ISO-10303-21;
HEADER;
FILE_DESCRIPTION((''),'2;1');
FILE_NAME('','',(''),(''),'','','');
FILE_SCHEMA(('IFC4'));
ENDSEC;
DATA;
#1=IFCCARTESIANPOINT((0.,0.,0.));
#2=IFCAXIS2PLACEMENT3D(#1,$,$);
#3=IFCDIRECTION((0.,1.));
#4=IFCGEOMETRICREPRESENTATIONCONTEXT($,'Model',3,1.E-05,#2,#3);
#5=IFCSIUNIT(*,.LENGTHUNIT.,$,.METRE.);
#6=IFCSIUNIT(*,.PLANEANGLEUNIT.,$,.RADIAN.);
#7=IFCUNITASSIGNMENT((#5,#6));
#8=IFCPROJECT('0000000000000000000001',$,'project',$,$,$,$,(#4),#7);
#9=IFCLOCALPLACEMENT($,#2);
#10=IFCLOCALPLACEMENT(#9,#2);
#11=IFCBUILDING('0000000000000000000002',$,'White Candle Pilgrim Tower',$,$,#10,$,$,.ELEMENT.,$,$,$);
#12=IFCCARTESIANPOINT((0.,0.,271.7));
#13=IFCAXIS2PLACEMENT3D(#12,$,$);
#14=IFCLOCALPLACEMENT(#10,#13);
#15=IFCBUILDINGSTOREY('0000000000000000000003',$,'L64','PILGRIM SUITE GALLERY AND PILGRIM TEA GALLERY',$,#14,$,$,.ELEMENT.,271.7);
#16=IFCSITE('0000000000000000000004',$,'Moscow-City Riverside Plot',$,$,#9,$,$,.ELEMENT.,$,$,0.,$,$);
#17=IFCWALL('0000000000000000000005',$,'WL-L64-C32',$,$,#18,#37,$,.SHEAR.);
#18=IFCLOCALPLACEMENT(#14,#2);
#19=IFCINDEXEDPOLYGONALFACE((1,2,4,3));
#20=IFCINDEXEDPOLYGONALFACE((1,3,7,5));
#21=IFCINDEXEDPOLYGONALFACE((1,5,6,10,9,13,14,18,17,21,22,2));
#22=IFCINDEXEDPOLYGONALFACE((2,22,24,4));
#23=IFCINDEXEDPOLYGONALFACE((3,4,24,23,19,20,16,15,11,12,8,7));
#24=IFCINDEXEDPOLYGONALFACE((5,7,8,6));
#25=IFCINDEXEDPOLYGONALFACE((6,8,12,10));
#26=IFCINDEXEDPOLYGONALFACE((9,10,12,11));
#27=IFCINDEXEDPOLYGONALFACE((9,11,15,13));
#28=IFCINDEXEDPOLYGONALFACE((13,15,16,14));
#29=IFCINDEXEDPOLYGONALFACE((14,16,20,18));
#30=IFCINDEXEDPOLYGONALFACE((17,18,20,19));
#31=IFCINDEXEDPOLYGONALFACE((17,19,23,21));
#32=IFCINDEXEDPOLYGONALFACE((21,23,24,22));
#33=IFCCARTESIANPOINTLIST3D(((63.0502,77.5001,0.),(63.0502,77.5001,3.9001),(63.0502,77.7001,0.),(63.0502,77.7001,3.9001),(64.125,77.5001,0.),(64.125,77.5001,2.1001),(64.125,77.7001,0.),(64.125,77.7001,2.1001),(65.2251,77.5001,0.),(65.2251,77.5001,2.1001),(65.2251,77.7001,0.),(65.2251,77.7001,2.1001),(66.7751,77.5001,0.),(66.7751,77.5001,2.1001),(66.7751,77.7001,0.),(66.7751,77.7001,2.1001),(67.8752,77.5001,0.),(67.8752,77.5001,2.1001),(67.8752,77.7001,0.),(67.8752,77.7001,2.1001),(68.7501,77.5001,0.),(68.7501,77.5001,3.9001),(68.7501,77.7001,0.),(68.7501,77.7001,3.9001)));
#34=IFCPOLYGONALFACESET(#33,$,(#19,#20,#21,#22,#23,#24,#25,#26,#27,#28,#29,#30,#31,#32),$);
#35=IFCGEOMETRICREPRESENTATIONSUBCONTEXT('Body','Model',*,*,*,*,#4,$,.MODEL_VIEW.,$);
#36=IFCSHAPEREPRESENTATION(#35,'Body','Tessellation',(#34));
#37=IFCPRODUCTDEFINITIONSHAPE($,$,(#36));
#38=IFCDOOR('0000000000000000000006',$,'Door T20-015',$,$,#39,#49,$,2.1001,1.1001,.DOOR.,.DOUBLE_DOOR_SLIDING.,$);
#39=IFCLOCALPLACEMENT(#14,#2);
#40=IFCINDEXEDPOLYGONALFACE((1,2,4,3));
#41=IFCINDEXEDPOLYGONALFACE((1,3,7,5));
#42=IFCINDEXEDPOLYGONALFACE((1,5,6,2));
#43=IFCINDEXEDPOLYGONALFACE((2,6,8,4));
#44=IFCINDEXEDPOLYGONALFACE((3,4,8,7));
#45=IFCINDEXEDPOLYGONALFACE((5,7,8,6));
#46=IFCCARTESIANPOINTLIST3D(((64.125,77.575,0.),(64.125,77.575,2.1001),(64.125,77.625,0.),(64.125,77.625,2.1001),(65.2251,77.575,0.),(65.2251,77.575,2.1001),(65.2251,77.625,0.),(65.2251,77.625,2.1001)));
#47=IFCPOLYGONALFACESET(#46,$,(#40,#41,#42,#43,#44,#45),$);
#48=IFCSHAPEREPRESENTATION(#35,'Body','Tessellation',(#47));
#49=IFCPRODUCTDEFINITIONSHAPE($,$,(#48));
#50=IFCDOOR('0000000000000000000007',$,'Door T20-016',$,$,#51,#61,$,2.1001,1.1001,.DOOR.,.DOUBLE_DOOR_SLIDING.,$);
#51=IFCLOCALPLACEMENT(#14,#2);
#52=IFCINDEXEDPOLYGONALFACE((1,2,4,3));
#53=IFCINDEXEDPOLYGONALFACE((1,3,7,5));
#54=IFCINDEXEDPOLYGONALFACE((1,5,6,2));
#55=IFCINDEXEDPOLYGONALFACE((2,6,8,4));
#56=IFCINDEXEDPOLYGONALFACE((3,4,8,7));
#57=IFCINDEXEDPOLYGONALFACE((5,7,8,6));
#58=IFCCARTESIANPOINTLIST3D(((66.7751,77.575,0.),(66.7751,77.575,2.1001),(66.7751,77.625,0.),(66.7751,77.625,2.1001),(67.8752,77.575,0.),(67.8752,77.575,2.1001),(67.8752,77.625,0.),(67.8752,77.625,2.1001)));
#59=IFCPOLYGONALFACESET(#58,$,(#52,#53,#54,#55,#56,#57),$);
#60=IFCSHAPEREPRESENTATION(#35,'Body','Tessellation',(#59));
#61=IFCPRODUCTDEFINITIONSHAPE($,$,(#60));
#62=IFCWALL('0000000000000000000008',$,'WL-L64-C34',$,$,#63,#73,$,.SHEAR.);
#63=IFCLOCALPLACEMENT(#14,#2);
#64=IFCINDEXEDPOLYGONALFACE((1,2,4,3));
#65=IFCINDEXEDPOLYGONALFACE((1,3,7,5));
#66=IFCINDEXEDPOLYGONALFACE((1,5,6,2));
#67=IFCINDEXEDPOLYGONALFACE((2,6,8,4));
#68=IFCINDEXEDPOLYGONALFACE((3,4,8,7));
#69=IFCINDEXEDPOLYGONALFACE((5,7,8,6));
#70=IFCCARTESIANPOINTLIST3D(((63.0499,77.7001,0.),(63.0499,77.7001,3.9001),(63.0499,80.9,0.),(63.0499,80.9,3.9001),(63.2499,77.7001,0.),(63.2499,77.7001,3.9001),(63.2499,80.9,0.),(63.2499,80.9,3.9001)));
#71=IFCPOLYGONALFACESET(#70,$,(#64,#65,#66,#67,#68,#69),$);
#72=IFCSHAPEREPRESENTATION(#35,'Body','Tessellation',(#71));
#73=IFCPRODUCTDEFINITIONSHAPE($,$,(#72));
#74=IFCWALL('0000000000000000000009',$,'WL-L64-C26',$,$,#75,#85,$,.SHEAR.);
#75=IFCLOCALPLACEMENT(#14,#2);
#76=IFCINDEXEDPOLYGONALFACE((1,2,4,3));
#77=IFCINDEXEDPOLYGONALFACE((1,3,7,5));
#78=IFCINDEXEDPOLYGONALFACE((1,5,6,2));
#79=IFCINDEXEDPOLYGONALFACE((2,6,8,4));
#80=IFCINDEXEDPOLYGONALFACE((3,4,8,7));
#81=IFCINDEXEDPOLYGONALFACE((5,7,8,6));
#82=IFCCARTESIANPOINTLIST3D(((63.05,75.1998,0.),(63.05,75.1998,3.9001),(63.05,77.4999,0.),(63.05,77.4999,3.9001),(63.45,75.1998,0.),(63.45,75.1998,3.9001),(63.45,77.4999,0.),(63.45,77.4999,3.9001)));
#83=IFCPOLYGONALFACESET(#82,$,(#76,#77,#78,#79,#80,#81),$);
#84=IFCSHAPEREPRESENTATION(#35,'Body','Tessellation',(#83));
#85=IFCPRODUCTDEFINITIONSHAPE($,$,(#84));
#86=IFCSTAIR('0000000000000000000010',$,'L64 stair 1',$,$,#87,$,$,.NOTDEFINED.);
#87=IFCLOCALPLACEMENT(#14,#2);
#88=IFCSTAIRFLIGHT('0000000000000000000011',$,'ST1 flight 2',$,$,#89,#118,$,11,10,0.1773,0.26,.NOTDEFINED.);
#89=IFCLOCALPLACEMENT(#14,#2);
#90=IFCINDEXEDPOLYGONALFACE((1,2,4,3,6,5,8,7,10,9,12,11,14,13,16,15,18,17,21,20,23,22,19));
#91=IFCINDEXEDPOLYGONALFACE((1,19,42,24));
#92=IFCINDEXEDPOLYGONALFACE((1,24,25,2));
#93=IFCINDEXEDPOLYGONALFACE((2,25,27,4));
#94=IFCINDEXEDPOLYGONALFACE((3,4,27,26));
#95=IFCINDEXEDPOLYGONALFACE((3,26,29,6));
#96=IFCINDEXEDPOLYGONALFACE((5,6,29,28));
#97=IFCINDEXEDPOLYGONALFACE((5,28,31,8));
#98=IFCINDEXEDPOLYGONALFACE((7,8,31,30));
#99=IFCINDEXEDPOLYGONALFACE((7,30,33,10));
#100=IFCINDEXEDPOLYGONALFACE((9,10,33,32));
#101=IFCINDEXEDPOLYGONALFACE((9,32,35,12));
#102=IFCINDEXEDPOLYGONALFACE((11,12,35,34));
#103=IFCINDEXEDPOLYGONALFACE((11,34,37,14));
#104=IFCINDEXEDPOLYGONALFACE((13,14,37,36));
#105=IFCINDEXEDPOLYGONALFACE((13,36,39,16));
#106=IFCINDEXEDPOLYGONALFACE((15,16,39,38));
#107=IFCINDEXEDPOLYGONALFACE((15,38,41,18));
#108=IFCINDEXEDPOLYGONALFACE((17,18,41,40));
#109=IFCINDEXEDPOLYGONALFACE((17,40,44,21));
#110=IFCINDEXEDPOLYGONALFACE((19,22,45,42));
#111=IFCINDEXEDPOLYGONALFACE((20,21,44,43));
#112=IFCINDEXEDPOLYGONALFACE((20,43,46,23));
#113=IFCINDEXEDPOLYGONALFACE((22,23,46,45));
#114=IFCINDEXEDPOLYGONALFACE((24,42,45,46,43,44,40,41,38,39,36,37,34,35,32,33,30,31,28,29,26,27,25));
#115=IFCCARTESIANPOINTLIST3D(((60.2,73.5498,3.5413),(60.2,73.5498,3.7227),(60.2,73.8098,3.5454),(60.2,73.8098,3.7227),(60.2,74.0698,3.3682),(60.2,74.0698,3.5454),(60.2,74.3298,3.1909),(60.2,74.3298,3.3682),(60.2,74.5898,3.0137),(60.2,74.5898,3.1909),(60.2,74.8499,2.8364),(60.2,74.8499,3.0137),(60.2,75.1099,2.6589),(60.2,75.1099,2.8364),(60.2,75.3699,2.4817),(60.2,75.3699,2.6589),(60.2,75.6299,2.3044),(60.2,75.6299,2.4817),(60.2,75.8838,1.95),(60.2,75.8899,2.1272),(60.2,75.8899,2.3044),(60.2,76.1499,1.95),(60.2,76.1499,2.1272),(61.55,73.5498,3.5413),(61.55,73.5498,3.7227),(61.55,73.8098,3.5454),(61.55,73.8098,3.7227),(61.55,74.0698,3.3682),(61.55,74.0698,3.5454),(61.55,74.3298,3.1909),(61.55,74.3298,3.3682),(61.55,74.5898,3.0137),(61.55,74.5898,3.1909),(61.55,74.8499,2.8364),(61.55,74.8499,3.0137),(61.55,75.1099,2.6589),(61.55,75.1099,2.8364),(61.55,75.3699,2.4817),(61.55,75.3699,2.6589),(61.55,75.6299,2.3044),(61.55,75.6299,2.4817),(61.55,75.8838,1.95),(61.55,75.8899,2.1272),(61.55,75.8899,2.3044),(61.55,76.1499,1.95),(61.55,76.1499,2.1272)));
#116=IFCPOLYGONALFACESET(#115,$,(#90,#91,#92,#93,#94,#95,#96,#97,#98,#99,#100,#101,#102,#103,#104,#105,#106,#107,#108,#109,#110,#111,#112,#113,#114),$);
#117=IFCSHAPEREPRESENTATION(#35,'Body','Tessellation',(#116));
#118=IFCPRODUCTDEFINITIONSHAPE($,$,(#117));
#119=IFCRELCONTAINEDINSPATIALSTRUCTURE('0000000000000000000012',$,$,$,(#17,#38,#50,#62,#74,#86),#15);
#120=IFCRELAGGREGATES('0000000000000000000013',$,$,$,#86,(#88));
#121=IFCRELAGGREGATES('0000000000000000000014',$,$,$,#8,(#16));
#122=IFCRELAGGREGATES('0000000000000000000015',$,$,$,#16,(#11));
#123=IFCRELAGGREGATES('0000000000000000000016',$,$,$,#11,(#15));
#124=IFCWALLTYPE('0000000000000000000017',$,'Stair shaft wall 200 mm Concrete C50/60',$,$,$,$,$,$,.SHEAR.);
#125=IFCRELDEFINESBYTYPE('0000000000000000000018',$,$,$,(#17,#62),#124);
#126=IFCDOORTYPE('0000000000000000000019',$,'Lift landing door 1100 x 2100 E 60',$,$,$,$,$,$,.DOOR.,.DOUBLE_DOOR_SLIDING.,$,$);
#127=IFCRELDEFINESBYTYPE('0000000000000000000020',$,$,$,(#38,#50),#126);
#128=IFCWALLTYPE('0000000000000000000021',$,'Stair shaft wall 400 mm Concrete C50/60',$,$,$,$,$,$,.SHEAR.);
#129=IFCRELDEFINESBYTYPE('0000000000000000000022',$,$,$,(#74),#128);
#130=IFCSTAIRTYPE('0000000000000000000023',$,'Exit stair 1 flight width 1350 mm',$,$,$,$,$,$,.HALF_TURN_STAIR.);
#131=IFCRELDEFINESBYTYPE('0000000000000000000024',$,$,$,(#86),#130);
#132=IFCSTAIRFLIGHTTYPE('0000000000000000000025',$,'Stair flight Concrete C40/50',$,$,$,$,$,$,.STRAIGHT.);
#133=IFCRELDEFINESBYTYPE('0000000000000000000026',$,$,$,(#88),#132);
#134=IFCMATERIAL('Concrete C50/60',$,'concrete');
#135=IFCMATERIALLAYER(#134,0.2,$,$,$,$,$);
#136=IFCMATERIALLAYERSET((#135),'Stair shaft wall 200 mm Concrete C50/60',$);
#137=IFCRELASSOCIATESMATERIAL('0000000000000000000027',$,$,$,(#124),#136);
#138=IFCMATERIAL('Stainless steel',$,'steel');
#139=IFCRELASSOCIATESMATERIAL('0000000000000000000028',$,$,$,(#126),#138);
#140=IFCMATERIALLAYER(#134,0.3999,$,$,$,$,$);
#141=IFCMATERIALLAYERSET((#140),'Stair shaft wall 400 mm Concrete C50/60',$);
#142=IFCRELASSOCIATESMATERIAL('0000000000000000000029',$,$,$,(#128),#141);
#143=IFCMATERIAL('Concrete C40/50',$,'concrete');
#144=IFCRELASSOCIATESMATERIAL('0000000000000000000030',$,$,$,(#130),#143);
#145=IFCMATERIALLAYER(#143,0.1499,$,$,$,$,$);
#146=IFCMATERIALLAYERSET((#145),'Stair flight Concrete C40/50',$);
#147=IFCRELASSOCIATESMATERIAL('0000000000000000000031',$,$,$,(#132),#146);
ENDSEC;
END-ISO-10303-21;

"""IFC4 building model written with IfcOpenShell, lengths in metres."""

from ifc_helpers import new_model, si_unit, direction, frame, frame_2d, origin, place, context, subcontext, project, spatial, polyline, rectangle, outline, extrude, material, layer, layer_set, type_object, element, fill, aggregate, save


model = new_model("IFC4")

# Units and contexts
model_context = context("Model", 3, precision=1e-05, world=origin(), true_north=direction((0.0, 1.0)))
body_context = subcontext(model_context, "Body", "Model", "MODEL_VIEW")
ifc_project = project(units=[si_unit("LENGTHUNIT", "METRE"), si_unit("PLANEANGLEUNIT", "RADIAN")], contexts=[model_context])

# Site, building, storey
site_placement = place(None, origin())
site = spatial("IfcSite", under=ifc_project, at=site_placement, Name="Moscow-City Riverside Plot", CompositionType="ELEMENT", RefElevation=0.0)
building_placement = place(site_placement, origin())
building = spatial("IfcBuilding", under=site, at=building_placement, Name="White Candle Pilgrim Tower", CompositionType="ELEMENT")
storey_placement = place(building_placement, frame((0.0, 0.0, 271.7)))
storey = spatial("IfcBuildingStorey", under=building, at=storey_placement, Name="L64", Description="PILGRIM SUITE GALLERY AND PILGRIM TEA GALLERY", CompositionType="ELEMENT", Elevation=271.7)

# Shared definitions
ifc_material_1 = material(Name="Concrete C50/60", Category="concrete")

# Wall, openings, doors
ifc_layer_1 = layer(ifc_material_1, 0.2)
ifc_layer_set_1 = layer_set([ifc_layer_1], Name="Stair shaft wall 200 mm Concrete C50/60")
wall_type_1 = type_object("IfcWallType", Name="Stair shaft wall 200 mm Concrete C50/60", PredefinedType="SHEAR", material=ifc_layer_set_1)
wall_1_placement = place(storey_placement, frame((63.05, 77.6001, 0.0), z_axis=(0.0, 0.0, 1.0), x_axis=(1.0, 0.0, 0.0)))
wall_1 = element("IfcWall", 1, at=wall_1_placement, inside=storey, type_object=wall_type_1, Name="WL-L64-C32", PredefinedType="SHEAR", context=body_context, shape_type="SweptSolid", body=[
    extrude(rectangle(XDim=5.7, YDim=0.2, at=frame_2d((2.8501, 0.0))), origin(), (0.0, 0.0, 1.0), 3.9001),
])
opening_1_placement = place(wall_1_placement, frame((1.075, 0.0, 0.0)))
opening_1 = element("IfcOpeningElement", 2, at=opening_1_placement, cuts=wall_1, PredefinedType="OPENING", context=body_context, shape_type="SweptSolid", body=[
    extrude(rectangle(XDim=1.1001, YDim=2.1001, at=frame_2d((0.55, 1.05))), frame((0.0, 0.1099, 0.0), z_axis=(0.0, -1.0, 0.0), x_axis=(1.0, 0.0, 0.0)), (0.0, 0.0, 1.0), 0.22),
])
opening_2_placement = place(wall_1_placement, frame((3.7251, 0.0, 0.0)))
opening_2 = element("IfcOpeningElement", 3, at=opening_2_placement, cuts=wall_1, PredefinedType="OPENING", context=body_context, shape_type="SweptSolid", body=[
    extrude(rectangle(XDim=1.1001, YDim=2.1001, at=frame_2d((0.55, 1.05))), frame((0.0, 0.1099, 0.0), z_axis=(0.0, -1.0, 0.0), x_axis=(1.0, 0.0, 0.0)), (0.0, 0.0, 1.0), 0.22),
])
ifc_material_2 = material(Name="Stainless steel", Category="steel")
door_type_1 = type_object("IfcDoorType", Name="Lift landing door 1100 x 2100 E 60", OperationType="DOUBLE_DOOR_SLIDING", PredefinedType="DOOR", material=ifc_material_2)
door_1_placement = place(opening_1_placement, origin())
door_1 = element("IfcDoor", 4, at=door_1_placement, inside=storey, type_object=door_type_1, Name="Door T20-015", OperationType="DOUBLE_DOOR_SLIDING", OverallHeight=2.1001, OverallWidth=1.1001, PredefinedType="DOOR", context=body_context, shape_type="SweptSolid", body=[
    extrude(rectangle(XDim=1.1001, YDim=2.1001, at=frame_2d((0.55, 1.05))), frame((0.0, 0.0249, 0.0), z_axis=(0.0, -1.0, 0.0), x_axis=(1.0, 0.0, 0.0)), (0.0, 0.0, 1.0), 0.05),
])
fill(opening_1, door_1)
door_2_placement = place(opening_2_placement, origin())
door_2 = element("IfcDoor", 5, at=door_2_placement, inside=storey, type_object=door_type_1, Name="Door T20-016", OperationType="DOUBLE_DOOR_SLIDING", OverallHeight=2.1001, OverallWidth=1.1001, PredefinedType="DOOR", context=body_context, shape_type="SweptSolid", body=[
    extrude(rectangle(XDim=1.1001, YDim=2.1001, at=frame_2d((0.55, 1.05))), frame((0.0, 0.0249, 0.0), z_axis=(0.0, -1.0, 0.0), x_axis=(1.0, 0.0, 0.0)), (0.0, 0.0, 1.0), 0.05),
])
fill(opening_2, door_2)

# Walls
wall_2_placement = place(storey_placement, frame((63.1499, 77.7, 0.0), z_axis=(0.0, 0.0, 1.0), x_axis=(0.0, 1.0, 0.0)))
element("IfcWall", 6, at=wall_2_placement, inside=storey, type_object=wall_type_1, Name="WL-L64-C34", PredefinedType="SHEAR", context=body_context, shape_type="SweptSolid", body=[
    extrude(rectangle(XDim=3.2, YDim=0.2, at=frame_2d((1.6001, 0.0))), origin(), (0.0, 0.0, 1.0), 3.9001),
])
ifc_layer_2 = layer(ifc_material_1, 0.3999)
ifc_layer_set_2 = layer_set([ifc_layer_2], Name="Stair shaft wall 400 mm Concrete C50/60")
wall_type_2 = type_object("IfcWallType", Name="Stair shaft wall 400 mm Concrete C50/60", PredefinedType="SHEAR", material=ifc_layer_set_2)
wall_3_placement = place(storey_placement, frame((63.25, 75.2, 0.0), z_axis=(0.0, 0.0, 1.0), x_axis=(0.0, 1.0, 0.0)))
element("IfcWall", 7, at=wall_3_placement, inside=storey, type_object=wall_type_2, Name="WL-L64-C26", PredefinedType="SHEAR", context=body_context, shape_type="SweptSolid", body=[
    extrude(rectangle(XDim=2.3, YDim=0.3999, at=frame_2d((1.1499, 0.0))), origin(), (0.0, 0.0, 1.0), 3.9001),
])

# Stair, stair flight
ifc_material_3 = material(Name="Concrete C40/50", Category="concrete")
stair_type = type_object("IfcStairType", Name="Exit stair 1 flight width 1350 mm", PredefinedType="HALF_TURN_STAIR", material=ifc_material_3)
stair_placement = place(storey_placement, origin())
stair = element("IfcStair", 8, at=stair_placement, inside=storey, type_object=stair_type, Name="L64 stair 1", PredefinedType="NOTDEFINED")
ifc_layer_3 = layer(ifc_material_3, 0.1499)
ifc_layer_set_3 = layer_set([ifc_layer_3], Name="Stair flight Concrete C40/50")
stair_flight_type = type_object("IfcStairFlightType", Name="Stair flight Concrete C40/50", PredefinedType="STRAIGHT", material=ifc_layer_set_3)
stair_flight_placement = place(storey_placement, frame((60.875, 76.1499, 1.95), z_axis=(0.0, 0.0, 1.0), x_axis=(0.0, -1.0, 0.0)))
stair_flight = element("IfcStairFlight", 9, at=stair_flight_placement, type_object=stair_flight_type, Name="ST1 flight 2", NumberOfRisers=11, NumberOfTreads=10, PredefinedType="NOTDEFINED", RiserHeight=0.1773, TreadLength=0.26, context=body_context, shape_type="SweptSolid", body=[
    extrude(outline(polyline([(0.0, 0.0), (0.0, 0.1772), (0.26, 0.1772), (0.26, 0.3545), (0.52, 0.3545), (0.52, 0.5317), (0.78, 0.5317), (0.78, 0.709), (1.04, 0.709), (1.04, 0.8865), (1.3, 0.8865), (1.3, 1.0637), (1.5601, 1.0637), (1.5601, 1.241), (1.8201, 1.241), (1.8201, 1.4182), (2.0801, 1.4182), (2.0801, 1.5955), (2.3401, 1.5955), (2.3401, 1.7727), (2.6001, 1.7727), (2.6001, 1.95), (2.6001, 1.5913), (0.2661, 0.0), (0.0, 0.0)])), frame((0.0, 0.675, 0.0), z_axis=(0.0, -1.0, 0.0), x_axis=(1.0, 0.0, 0.0)), (0.0, 0.0, 1.0), 1.3501),
])
aggregate(stair, [stair_flight])

save(model, "model.ifc")
